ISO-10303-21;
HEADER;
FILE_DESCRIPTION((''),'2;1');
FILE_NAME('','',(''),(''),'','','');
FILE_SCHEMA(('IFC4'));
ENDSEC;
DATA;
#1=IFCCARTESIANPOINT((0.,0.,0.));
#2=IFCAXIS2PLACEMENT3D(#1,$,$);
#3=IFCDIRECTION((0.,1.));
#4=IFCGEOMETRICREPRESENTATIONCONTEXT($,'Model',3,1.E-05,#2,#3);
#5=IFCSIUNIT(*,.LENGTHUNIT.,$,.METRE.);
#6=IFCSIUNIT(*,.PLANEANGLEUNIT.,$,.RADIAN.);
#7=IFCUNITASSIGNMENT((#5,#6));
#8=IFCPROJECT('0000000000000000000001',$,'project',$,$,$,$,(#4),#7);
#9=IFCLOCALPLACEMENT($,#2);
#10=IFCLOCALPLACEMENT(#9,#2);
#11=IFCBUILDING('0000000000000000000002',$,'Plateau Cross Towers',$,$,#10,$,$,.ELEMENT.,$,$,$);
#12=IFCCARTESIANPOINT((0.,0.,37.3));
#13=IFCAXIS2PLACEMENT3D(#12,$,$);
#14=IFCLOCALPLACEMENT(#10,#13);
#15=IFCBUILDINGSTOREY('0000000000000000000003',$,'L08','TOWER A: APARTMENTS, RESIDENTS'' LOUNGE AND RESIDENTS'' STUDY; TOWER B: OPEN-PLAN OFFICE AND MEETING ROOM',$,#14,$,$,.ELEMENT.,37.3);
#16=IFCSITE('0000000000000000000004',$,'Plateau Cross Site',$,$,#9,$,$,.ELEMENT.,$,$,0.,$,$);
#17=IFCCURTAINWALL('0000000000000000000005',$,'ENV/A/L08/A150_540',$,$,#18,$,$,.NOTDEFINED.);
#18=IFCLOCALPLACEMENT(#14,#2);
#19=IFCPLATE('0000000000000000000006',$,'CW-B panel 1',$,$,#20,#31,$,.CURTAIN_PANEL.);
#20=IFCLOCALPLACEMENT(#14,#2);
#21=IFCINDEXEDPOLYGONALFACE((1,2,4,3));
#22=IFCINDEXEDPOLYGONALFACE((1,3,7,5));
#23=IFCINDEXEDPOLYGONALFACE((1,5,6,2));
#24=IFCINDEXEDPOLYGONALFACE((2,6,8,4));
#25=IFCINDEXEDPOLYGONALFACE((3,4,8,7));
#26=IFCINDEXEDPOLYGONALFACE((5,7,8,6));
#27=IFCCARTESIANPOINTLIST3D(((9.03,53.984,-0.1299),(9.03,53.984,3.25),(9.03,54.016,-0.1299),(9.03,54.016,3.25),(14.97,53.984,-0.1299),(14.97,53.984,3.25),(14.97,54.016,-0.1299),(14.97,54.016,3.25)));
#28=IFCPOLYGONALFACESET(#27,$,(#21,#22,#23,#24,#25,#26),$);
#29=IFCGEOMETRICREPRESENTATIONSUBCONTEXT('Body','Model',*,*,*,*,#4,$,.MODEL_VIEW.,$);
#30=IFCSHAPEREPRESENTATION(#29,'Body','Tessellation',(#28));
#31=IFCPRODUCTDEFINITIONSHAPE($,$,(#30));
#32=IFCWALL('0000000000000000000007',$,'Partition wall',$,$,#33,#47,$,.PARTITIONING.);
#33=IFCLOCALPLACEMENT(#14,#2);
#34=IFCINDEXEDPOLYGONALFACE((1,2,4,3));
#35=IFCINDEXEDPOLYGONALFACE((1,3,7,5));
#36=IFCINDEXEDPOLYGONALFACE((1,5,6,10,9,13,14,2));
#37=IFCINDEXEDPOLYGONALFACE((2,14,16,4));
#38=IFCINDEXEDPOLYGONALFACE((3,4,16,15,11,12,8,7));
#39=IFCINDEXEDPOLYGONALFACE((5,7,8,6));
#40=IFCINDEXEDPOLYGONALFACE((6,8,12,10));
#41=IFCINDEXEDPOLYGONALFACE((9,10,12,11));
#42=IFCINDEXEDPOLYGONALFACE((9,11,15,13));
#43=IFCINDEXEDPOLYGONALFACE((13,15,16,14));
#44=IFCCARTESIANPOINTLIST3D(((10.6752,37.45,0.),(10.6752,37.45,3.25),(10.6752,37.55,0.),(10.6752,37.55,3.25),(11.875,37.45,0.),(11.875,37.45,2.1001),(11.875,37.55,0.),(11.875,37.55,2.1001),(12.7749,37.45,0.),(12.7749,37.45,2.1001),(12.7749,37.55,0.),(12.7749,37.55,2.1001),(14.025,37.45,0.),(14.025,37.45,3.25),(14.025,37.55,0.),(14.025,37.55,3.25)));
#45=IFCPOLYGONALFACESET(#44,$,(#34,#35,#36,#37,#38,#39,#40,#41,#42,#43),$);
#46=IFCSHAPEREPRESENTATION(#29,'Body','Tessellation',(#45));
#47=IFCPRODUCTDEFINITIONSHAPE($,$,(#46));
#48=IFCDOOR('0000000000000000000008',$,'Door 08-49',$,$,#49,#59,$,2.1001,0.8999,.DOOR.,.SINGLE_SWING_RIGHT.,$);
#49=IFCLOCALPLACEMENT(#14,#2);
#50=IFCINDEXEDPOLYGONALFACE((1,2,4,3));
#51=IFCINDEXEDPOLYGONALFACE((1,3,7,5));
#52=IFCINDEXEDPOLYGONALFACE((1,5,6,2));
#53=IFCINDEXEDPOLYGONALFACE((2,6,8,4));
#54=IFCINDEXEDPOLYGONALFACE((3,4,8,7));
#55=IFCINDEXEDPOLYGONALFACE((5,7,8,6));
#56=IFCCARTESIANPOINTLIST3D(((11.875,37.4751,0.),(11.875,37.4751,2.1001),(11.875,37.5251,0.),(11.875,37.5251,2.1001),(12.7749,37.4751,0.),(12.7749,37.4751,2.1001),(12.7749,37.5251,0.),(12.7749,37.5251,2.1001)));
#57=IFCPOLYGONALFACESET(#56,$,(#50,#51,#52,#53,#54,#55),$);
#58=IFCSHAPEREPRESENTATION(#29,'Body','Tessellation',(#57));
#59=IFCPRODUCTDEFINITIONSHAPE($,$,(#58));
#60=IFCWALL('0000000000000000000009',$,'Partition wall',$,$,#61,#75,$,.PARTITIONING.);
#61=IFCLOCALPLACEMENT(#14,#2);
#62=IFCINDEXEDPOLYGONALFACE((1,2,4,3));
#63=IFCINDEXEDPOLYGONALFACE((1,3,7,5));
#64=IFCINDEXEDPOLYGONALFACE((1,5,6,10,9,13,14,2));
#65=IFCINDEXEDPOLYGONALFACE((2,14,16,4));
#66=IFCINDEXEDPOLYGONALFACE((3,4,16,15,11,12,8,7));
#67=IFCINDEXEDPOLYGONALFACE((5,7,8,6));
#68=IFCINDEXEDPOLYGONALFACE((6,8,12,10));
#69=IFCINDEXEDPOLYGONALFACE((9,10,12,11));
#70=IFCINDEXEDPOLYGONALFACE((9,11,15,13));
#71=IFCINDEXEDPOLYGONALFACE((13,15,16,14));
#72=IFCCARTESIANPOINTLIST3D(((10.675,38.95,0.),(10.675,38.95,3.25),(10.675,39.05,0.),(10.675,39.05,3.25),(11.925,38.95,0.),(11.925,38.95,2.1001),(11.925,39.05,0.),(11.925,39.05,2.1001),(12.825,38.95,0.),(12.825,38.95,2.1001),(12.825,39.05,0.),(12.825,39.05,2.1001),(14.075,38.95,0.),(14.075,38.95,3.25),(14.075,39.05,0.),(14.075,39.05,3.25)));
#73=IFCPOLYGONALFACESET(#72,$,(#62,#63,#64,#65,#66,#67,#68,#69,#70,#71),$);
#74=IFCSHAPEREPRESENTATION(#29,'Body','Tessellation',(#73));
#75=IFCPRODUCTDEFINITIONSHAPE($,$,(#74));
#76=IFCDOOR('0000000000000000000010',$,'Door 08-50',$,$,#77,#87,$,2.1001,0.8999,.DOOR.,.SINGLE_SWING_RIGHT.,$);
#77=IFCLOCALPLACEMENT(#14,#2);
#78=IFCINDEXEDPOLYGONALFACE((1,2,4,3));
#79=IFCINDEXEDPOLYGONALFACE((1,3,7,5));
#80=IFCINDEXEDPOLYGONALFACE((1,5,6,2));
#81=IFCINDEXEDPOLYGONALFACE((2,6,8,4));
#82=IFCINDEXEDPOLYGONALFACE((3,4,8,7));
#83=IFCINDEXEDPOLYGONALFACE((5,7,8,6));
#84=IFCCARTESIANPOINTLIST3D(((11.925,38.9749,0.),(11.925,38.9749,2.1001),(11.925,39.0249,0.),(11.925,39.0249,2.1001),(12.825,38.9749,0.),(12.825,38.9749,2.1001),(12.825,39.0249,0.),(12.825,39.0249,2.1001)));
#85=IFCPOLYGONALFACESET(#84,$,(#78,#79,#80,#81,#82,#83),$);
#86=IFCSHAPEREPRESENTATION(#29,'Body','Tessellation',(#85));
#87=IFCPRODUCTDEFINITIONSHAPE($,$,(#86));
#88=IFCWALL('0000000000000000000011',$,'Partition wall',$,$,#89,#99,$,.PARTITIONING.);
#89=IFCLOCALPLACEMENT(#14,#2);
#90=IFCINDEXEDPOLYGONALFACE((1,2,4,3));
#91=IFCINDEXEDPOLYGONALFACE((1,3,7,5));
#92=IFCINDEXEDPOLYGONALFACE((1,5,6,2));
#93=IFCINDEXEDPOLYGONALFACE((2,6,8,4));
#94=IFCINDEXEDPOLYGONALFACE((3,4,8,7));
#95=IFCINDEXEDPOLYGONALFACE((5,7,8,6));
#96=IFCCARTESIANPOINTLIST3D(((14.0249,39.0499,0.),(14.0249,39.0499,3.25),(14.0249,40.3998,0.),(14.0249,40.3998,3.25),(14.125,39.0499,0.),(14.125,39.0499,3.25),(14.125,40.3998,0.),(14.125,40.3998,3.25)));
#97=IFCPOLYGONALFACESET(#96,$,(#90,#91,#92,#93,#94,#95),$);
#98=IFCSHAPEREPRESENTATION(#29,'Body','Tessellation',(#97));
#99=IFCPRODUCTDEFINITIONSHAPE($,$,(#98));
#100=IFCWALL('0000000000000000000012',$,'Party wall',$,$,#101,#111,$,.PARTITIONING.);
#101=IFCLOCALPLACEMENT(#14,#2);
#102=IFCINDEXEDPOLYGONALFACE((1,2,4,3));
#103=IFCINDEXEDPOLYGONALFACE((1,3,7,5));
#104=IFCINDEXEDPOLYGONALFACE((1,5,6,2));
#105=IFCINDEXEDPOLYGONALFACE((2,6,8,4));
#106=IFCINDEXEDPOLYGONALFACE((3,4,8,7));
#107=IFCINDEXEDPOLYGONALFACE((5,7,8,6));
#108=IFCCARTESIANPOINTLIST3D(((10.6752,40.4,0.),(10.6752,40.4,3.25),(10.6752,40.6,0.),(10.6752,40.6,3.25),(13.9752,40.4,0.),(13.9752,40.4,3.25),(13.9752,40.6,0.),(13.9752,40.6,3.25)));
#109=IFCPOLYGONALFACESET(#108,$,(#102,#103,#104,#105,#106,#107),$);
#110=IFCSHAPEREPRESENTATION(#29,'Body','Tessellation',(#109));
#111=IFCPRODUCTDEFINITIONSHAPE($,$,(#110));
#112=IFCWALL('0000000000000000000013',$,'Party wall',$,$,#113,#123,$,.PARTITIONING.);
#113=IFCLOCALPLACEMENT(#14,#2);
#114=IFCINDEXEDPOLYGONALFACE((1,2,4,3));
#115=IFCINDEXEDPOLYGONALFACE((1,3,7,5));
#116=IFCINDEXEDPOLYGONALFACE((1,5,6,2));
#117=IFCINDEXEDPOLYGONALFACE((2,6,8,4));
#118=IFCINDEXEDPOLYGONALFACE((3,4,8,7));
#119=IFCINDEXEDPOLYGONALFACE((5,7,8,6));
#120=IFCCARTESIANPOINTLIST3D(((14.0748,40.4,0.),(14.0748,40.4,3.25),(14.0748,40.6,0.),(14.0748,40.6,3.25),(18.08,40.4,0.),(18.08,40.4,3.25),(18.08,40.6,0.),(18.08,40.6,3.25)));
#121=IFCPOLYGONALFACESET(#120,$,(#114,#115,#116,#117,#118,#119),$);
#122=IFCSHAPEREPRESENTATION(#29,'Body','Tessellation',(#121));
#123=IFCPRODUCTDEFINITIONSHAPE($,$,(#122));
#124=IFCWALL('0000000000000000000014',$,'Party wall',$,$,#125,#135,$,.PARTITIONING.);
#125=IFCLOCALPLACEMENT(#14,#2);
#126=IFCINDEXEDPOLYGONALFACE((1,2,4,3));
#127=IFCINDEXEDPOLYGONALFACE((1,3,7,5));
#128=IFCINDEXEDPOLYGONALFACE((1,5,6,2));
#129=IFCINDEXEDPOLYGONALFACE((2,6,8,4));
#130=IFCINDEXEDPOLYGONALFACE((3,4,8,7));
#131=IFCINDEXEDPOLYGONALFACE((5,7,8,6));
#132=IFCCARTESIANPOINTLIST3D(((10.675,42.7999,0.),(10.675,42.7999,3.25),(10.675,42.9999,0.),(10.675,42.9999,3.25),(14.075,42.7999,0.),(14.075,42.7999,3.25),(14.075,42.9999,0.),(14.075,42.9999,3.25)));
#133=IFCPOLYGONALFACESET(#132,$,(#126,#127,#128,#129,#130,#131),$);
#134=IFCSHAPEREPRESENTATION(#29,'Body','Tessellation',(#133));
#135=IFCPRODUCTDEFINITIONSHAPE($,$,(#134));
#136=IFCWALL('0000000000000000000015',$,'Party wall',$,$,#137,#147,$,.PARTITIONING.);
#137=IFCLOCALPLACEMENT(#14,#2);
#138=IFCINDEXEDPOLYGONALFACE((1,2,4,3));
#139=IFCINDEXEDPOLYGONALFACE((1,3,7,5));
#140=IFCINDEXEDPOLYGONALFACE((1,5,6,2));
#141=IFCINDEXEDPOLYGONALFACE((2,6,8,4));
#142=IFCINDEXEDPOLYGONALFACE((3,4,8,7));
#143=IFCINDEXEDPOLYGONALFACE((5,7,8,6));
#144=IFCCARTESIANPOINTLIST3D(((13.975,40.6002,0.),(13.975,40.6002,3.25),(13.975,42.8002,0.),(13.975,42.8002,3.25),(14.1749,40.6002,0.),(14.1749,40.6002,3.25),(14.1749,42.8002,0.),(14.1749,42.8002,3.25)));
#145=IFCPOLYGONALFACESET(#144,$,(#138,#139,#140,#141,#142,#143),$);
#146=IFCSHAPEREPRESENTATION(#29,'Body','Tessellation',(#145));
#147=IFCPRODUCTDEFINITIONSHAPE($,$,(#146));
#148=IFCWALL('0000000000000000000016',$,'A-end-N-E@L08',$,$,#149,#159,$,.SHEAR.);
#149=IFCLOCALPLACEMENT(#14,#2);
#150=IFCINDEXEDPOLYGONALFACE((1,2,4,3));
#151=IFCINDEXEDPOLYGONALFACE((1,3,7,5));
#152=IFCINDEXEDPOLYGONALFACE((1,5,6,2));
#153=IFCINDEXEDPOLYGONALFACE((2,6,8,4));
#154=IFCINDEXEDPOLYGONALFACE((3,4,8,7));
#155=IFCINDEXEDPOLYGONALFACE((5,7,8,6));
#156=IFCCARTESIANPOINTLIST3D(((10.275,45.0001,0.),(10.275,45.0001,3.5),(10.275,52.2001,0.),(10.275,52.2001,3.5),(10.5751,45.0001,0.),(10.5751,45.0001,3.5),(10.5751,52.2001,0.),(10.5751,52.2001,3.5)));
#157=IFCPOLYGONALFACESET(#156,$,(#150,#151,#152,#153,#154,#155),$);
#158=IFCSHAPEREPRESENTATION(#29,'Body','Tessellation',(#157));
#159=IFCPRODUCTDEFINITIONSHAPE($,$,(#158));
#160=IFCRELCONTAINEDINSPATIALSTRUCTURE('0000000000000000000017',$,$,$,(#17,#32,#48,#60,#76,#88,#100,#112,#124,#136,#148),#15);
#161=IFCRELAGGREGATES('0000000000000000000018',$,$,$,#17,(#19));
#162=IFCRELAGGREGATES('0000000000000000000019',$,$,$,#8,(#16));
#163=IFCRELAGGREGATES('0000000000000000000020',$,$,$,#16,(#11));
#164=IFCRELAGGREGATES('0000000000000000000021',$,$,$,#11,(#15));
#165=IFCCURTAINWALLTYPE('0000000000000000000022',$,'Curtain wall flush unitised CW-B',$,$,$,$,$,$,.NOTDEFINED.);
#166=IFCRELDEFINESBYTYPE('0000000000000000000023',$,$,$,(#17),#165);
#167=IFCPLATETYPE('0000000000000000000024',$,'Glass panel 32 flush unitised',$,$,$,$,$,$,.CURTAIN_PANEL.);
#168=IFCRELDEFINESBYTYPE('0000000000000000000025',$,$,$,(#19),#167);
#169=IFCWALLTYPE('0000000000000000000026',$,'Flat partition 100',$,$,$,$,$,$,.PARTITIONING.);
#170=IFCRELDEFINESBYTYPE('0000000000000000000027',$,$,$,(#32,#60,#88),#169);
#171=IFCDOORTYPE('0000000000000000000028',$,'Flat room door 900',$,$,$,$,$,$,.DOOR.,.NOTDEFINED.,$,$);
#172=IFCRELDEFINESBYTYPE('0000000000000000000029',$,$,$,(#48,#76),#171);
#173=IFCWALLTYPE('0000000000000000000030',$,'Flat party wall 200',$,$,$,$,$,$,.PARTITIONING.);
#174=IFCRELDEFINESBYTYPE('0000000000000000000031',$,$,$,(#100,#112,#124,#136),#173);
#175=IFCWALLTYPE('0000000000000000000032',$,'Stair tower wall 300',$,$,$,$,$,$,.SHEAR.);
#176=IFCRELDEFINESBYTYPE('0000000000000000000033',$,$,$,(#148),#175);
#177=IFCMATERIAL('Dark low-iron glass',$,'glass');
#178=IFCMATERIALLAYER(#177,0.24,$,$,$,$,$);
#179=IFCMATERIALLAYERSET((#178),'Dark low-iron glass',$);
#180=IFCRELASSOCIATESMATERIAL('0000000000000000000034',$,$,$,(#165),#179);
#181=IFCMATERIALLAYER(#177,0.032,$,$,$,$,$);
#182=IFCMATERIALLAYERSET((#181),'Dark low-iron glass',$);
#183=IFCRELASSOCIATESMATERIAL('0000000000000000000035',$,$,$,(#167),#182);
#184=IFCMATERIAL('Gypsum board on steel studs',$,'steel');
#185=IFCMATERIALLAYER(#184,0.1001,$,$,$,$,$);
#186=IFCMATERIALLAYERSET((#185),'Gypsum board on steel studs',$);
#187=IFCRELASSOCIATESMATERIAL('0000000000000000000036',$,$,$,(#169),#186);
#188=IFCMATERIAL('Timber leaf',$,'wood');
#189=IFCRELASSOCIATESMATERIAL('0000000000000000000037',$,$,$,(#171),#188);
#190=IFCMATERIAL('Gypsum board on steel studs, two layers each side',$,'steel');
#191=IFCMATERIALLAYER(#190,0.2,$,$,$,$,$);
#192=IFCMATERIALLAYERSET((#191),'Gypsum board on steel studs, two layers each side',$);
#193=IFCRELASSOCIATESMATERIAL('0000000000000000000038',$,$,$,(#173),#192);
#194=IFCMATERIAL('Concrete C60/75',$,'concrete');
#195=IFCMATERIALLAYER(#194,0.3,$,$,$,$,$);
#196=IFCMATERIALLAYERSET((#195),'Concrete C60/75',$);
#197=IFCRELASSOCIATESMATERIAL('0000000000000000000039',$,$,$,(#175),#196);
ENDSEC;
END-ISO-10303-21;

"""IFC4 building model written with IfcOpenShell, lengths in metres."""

from ifc_helpers import new_model, si_unit, direction, frame, frame_2d, origin, origin_2d, place, context, subcontext, project, spatial, rectangle, extrude, material, layer, layer_set, type_object, element, fill, aggregate, save


model = new_model("IFC4")

# Units and contexts
model_context = context("Model", 3, precision=1e-05, world=origin(), true_north=direction((0.0, 1.0)))
body_context = subcontext(model_context, "Body", "Model", "MODEL_VIEW")
ifc_project = project(units=[si_unit("LENGTHUNIT", "METRE"), si_unit("PLANEANGLEUNIT", "RADIAN")], contexts=[model_context])

# Site, building, storey
site_placement = place(None, origin())
site = spatial("IfcSite", under=ifc_project, at=site_placement, Name="Plateau Cross Site", CompositionType="ELEMENT", RefElevation=0.0)
building_placement = place(site_placement, origin())
building = spatial("IfcBuilding", under=site, at=building_placement, Name="Plateau Cross Towers", CompositionType="ELEMENT")
storey_placement = place(building_placement, frame((0.0, 0.0, 37.3)))
storey = spatial("IfcBuildingStorey", under=building, at=storey_placement, Name="L08", Description="TOWER A: APARTMENTS, RESIDENTS' LOUNGE AND RESIDENTS' STUDY; TOWER B: OPEN-PLAN OFFICE AND MEETING ROOM", CompositionType="ELEMENT", Elevation=37.3)

# Shared definitions
ifc_material_1 = material(Name="Concrete C60/75", Category="concrete")

# Shared definitions
ifc_material_2 = material(Name="Dark low-iron glass", Category="glass")
ifc_layer_1 = layer(ifc_material_2, 0.24)
ifc_layer_set_1 = layer_set([ifc_layer_1], Name="Dark low-iron glass")
curtain_wall_type = type_object("IfcCurtainWallType", Name="Curtain wall flush unitised CW-B", PredefinedType="NOTDEFINED", material=ifc_layer_set_1)

# Curtain wall
curtain_wall_1_placement = place(storey_placement, origin())
curtain_wall_1 = element("IfcCurtainWall", 1, at=curtain_wall_1_placement, inside=storey, type_object=curtain_wall_type, Name="ENV/A/L08/A150_540", PredefinedType="NOTDEFINED")

# Plate
ifc_layer_2 = layer(ifc_material_2, 0.032)
ifc_layer_set_2 = layer_set([ifc_layer_2], Name="Dark low-iron glass")
plate_type = type_object("IfcPlateType", Name="Glass panel 32 flush unitised", PredefinedType="CURTAIN_PANEL", material=ifc_layer_set_2)
plate_1_placement = place(storey_placement, frame((12.0, 54.0, -0.1299), z_axis=(0.0, 0.0, 1.0), x_axis=(-1.0, 0.0, 0.0)))
plate_1 = element("IfcPlate", 2, at=plate_1_placement, type_object=plate_type, Name="CW-B panel 1", PredefinedType="CURTAIN_PANEL", context=body_context, shape_type="SweptSolid", body=[
    extrude(rectangle(XDim=5.9399, YDim=0.032, at=origin_2d()), origin(), (0.0, 0.0, 1.0), 3.3799),
])
aggregate(curtain_wall_1, [plate_1])

# Walls, openings, doors
ifc_material_3 = material(Name="Gypsum board on steel studs", Category="steel")
ifc_layer_3 = layer(ifc_material_3, 0.1001)
ifc_layer_set_3 = layer_set([ifc_layer_3], Name="Gypsum board on steel studs")
wall_type_1 = type_object("IfcWallType", Name="Flat partition 100", PredefinedType="PARTITIONING", material=ifc_layer_set_3)
wall_1_placement = place(storey_placement, frame((14.0249, 37.5, 0.0), z_axis=(0.0, 0.0, 1.0), x_axis=(-1.0, 0.0, 0.0)))
wall_1 = element("IfcWall", 3, at=wall_1_placement, inside=storey, type_object=wall_type_1, Name="Partition wall", PredefinedType="PARTITIONING", context=body_context, shape_type="SweptSolid", body=[
    extrude(rectangle(XDim=3.3499, YDim=0.1001, at=frame_2d((1.6748, 0.0))), origin(), (0.0, 0.0, 1.0), 3.25),
])
opening_1_placement = place(wall_1_placement, frame((1.25, 0.0, 0.0)))
opening_1 = element("IfcOpeningElement", 4, at=opening_1_placement, cuts=wall_1, PredefinedType="OPENING", context=body_context, shape_type="SweptSolid", body=[
    extrude(rectangle(XDim=0.8999, YDim=2.1001, at=frame_2d((0.45, 1.05))), frame((0.0, 0.0601, 0.0), z_axis=(0.0, -1.0, 0.0), x_axis=(1.0, 0.0, 0.0)), (0.0, 0.0, 1.0), 0.1201),
])
ifc_material_4 = material(Name="Timber leaf", Category="wood")
door_type = type_object("IfcDoorType", Name="Flat room door 900", OperationType="NOTDEFINED", PredefinedType="DOOR", material=ifc_material_4)
door_1_placement = place(opening_1_placement, origin())
door_1 = element("IfcDoor", 5, at=door_1_placement, inside=storey, type_object=door_type, Name="Door 08-49", OperationType="SINGLE_SWING_RIGHT", OverallHeight=2.1001, OverallWidth=0.8999, PredefinedType="DOOR", context=body_context, shape_type="SweptSolid", body=[
    extrude(rectangle(XDim=0.8999, YDim=2.1001, at=frame_2d((0.45, 1.05))), frame((0.0, 0.0249, 0.0), z_axis=(0.0, -1.0, 0.0), x_axis=(1.0, 0.0, 0.0)), (0.0, 0.0, 1.0), 0.05),
])
fill(opening_1, door_1)
wall_2_placement = place(storey_placement, frame((10.675, 39.0, 0.0), z_axis=(0.0, 0.0, 1.0), x_axis=(1.0, 0.0, 0.0)))
wall_2 = element("IfcWall", 6, at=wall_2_placement, inside=storey, type_object=wall_type_1, Name="Partition wall", PredefinedType="PARTITIONING", context=body_context, shape_type="SweptSolid", body=[
    extrude(rectangle(XDim=3.3999, YDim=0.1001, at=frame_2d((1.7, 0.0))), origin(), (0.0, 0.0, 1.0), 3.25),
])
opening_2_placement = place(wall_2_placement, frame((1.25, 0.0, 0.0)))
opening_2 = element("IfcOpeningElement", 7, at=opening_2_placement, cuts=wall_2, PredefinedType="OPENING", context=body_context, shape_type="SweptSolid", body=[
    extrude(rectangle(XDim=0.8999, YDim=2.1001, at=frame_2d((0.45, 1.05))), frame((0.0, 0.0601, 0.0), z_axis=(0.0, -1.0, 0.0), x_axis=(1.0, 0.0, 0.0)), (0.0, 0.0, 1.0), 0.1201),
])
door_2_placement = place(opening_2_placement, origin())
door_2 = element("IfcDoor", 8, at=door_2_placement, inside=storey, type_object=door_type, Name="Door 08-50", OperationType="SINGLE_SWING_RIGHT", OverallHeight=2.1001, OverallWidth=0.8999, PredefinedType="DOOR", context=body_context, shape_type="SweptSolid", body=[
    extrude(rectangle(XDim=0.8999, YDim=2.1001, at=frame_2d((0.45, 1.05))), frame((0.0, 0.0249, 0.0), z_axis=(0.0, -1.0, 0.0), x_axis=(1.0, 0.0, 0.0)), (0.0, 0.0, 1.0), 0.05),
])
fill(opening_2, door_2)

# Walls
wall_3_placement = place(storey_placement, frame((14.075, 39.05, 0.0), z_axis=(0.0, 0.0, 1.0), x_axis=(0.0, 1.0, 0.0)))
element("IfcWall", 9, at=wall_3_placement, inside=storey, type_object=wall_type_1, Name="Partition wall", PredefinedType="PARTITIONING", context=body_context, shape_type="SweptSolid", body=[
    extrude(rectangle(XDim=1.3499, YDim=0.1001, at=frame_2d((0.6748, 0.0))), origin(), (0.0, 0.0, 1.0), 3.25),
])
ifc_material_5 = material(Name="Gypsum board on steel studs, two layers each side", Category="steel")
ifc_layer_4 = layer(ifc_material_5, 0.2)
ifc_layer_set_4 = layer_set([ifc_layer_4], Name="Gypsum board on steel studs, two layers each side")
wall_type_2 = type_object("IfcWallType", Name="Flat party wall 200", PredefinedType="PARTITIONING", material=ifc_layer_set_4)
wall_4_placement = place(storey_placement, frame((13.9751, 40.5, 0.0), z_axis=(0.0, 0.0, 1.0), x_axis=(-1.0, 0.0, 0.0)))
element("IfcWall", 10, at=wall_4_placement, inside=storey, type_object=wall_type_2, Name="Party wall", PredefinedType="PARTITIONING", context=body_context, shape_type="SweptSolid", body=[
    extrude(rectangle(XDim=3.3, YDim=0.2, at=frame_2d((1.6499, 0.0))), origin(), (0.0, 0.0, 1.0), 3.25),
])
wall_5_placement = place(storey_placement, frame((14.075, 40.5, 0.0), z_axis=(0.0, 0.0, 1.0), x_axis=(1.0, 0.0, 0.0)))
element("IfcWall", 11, at=wall_5_placement, inside=storey, type_object=wall_type_2, Name="Party wall", PredefinedType="PARTITIONING", context=body_context, shape_type="SweptSolid", body=[
    extrude(rectangle(XDim=4.0051, YDim=0.2, at=frame_2d((2.0024, 0.0))), origin(), (0.0, 0.0, 1.0), 3.25),
])
wall_6_placement = place(storey_placement, frame((14.075, 42.8999, 0.0), z_axis=(0.0, 0.0, 1.0), x_axis=(-1.0, 0.0, 0.0)))
element("IfcWall", 12, at=wall_6_placement, inside=storey, type_object=wall_type_2, Name="Party wall", PredefinedType="PARTITIONING", context=body_context, shape_type="SweptSolid", body=[
    extrude(rectangle(XDim=3.3999, YDim=0.2, at=frame_2d((1.7, 0.0))), origin(), (0.0, 0.0, 1.0), 3.25),
])
wall_7_placement = place(storey_placement, frame((14.075, 40.6001, 0.0), z_axis=(0.0, 0.0, 1.0), x_axis=(0.0, 1.0, 0.0)))
element("IfcWall", 13, at=wall_7_placement, inside=storey, type_object=wall_type_2, Name="Party wall", PredefinedType="PARTITIONING", context=body_context, shape_type="SweptSolid", body=[
    extrude(rectangle(XDim=2.2, YDim=0.2, at=frame_2d((1.1001, 0.0))), origin(), (0.0, 0.0, 1.0), 3.25),
])
ifc_layer_5 = layer(ifc_material_1, 0.3)
ifc_layer_set_5 = layer_set([ifc_layer_5], Name="Concrete C60/75")
wall_type_3 = type_object("IfcWallType", Name="Stair tower wall 300", PredefinedType="SHEAR", material=ifc_layer_set_5)
wall_8_placement = place(storey_placement, frame((10.425, 45.0, 0.0), z_axis=(0.0, 0.0, 1.0), x_axis=(0.0, 1.0, 0.0)))
element("IfcWall", 14, at=wall_8_placement, inside=storey, type_object=wall_type_3, Name="A-end-N-E@L08", PredefinedType="SHEAR", context=body_context, shape_type="SweptSolid", body=[
    extrude(rectangle(XDim=7.2, YDim=0.3, at=frame_2d((3.6001, 0.0))), origin(), (0.0, 0.0, 1.0), 3.5),
])

save(model, "model.ifc")
